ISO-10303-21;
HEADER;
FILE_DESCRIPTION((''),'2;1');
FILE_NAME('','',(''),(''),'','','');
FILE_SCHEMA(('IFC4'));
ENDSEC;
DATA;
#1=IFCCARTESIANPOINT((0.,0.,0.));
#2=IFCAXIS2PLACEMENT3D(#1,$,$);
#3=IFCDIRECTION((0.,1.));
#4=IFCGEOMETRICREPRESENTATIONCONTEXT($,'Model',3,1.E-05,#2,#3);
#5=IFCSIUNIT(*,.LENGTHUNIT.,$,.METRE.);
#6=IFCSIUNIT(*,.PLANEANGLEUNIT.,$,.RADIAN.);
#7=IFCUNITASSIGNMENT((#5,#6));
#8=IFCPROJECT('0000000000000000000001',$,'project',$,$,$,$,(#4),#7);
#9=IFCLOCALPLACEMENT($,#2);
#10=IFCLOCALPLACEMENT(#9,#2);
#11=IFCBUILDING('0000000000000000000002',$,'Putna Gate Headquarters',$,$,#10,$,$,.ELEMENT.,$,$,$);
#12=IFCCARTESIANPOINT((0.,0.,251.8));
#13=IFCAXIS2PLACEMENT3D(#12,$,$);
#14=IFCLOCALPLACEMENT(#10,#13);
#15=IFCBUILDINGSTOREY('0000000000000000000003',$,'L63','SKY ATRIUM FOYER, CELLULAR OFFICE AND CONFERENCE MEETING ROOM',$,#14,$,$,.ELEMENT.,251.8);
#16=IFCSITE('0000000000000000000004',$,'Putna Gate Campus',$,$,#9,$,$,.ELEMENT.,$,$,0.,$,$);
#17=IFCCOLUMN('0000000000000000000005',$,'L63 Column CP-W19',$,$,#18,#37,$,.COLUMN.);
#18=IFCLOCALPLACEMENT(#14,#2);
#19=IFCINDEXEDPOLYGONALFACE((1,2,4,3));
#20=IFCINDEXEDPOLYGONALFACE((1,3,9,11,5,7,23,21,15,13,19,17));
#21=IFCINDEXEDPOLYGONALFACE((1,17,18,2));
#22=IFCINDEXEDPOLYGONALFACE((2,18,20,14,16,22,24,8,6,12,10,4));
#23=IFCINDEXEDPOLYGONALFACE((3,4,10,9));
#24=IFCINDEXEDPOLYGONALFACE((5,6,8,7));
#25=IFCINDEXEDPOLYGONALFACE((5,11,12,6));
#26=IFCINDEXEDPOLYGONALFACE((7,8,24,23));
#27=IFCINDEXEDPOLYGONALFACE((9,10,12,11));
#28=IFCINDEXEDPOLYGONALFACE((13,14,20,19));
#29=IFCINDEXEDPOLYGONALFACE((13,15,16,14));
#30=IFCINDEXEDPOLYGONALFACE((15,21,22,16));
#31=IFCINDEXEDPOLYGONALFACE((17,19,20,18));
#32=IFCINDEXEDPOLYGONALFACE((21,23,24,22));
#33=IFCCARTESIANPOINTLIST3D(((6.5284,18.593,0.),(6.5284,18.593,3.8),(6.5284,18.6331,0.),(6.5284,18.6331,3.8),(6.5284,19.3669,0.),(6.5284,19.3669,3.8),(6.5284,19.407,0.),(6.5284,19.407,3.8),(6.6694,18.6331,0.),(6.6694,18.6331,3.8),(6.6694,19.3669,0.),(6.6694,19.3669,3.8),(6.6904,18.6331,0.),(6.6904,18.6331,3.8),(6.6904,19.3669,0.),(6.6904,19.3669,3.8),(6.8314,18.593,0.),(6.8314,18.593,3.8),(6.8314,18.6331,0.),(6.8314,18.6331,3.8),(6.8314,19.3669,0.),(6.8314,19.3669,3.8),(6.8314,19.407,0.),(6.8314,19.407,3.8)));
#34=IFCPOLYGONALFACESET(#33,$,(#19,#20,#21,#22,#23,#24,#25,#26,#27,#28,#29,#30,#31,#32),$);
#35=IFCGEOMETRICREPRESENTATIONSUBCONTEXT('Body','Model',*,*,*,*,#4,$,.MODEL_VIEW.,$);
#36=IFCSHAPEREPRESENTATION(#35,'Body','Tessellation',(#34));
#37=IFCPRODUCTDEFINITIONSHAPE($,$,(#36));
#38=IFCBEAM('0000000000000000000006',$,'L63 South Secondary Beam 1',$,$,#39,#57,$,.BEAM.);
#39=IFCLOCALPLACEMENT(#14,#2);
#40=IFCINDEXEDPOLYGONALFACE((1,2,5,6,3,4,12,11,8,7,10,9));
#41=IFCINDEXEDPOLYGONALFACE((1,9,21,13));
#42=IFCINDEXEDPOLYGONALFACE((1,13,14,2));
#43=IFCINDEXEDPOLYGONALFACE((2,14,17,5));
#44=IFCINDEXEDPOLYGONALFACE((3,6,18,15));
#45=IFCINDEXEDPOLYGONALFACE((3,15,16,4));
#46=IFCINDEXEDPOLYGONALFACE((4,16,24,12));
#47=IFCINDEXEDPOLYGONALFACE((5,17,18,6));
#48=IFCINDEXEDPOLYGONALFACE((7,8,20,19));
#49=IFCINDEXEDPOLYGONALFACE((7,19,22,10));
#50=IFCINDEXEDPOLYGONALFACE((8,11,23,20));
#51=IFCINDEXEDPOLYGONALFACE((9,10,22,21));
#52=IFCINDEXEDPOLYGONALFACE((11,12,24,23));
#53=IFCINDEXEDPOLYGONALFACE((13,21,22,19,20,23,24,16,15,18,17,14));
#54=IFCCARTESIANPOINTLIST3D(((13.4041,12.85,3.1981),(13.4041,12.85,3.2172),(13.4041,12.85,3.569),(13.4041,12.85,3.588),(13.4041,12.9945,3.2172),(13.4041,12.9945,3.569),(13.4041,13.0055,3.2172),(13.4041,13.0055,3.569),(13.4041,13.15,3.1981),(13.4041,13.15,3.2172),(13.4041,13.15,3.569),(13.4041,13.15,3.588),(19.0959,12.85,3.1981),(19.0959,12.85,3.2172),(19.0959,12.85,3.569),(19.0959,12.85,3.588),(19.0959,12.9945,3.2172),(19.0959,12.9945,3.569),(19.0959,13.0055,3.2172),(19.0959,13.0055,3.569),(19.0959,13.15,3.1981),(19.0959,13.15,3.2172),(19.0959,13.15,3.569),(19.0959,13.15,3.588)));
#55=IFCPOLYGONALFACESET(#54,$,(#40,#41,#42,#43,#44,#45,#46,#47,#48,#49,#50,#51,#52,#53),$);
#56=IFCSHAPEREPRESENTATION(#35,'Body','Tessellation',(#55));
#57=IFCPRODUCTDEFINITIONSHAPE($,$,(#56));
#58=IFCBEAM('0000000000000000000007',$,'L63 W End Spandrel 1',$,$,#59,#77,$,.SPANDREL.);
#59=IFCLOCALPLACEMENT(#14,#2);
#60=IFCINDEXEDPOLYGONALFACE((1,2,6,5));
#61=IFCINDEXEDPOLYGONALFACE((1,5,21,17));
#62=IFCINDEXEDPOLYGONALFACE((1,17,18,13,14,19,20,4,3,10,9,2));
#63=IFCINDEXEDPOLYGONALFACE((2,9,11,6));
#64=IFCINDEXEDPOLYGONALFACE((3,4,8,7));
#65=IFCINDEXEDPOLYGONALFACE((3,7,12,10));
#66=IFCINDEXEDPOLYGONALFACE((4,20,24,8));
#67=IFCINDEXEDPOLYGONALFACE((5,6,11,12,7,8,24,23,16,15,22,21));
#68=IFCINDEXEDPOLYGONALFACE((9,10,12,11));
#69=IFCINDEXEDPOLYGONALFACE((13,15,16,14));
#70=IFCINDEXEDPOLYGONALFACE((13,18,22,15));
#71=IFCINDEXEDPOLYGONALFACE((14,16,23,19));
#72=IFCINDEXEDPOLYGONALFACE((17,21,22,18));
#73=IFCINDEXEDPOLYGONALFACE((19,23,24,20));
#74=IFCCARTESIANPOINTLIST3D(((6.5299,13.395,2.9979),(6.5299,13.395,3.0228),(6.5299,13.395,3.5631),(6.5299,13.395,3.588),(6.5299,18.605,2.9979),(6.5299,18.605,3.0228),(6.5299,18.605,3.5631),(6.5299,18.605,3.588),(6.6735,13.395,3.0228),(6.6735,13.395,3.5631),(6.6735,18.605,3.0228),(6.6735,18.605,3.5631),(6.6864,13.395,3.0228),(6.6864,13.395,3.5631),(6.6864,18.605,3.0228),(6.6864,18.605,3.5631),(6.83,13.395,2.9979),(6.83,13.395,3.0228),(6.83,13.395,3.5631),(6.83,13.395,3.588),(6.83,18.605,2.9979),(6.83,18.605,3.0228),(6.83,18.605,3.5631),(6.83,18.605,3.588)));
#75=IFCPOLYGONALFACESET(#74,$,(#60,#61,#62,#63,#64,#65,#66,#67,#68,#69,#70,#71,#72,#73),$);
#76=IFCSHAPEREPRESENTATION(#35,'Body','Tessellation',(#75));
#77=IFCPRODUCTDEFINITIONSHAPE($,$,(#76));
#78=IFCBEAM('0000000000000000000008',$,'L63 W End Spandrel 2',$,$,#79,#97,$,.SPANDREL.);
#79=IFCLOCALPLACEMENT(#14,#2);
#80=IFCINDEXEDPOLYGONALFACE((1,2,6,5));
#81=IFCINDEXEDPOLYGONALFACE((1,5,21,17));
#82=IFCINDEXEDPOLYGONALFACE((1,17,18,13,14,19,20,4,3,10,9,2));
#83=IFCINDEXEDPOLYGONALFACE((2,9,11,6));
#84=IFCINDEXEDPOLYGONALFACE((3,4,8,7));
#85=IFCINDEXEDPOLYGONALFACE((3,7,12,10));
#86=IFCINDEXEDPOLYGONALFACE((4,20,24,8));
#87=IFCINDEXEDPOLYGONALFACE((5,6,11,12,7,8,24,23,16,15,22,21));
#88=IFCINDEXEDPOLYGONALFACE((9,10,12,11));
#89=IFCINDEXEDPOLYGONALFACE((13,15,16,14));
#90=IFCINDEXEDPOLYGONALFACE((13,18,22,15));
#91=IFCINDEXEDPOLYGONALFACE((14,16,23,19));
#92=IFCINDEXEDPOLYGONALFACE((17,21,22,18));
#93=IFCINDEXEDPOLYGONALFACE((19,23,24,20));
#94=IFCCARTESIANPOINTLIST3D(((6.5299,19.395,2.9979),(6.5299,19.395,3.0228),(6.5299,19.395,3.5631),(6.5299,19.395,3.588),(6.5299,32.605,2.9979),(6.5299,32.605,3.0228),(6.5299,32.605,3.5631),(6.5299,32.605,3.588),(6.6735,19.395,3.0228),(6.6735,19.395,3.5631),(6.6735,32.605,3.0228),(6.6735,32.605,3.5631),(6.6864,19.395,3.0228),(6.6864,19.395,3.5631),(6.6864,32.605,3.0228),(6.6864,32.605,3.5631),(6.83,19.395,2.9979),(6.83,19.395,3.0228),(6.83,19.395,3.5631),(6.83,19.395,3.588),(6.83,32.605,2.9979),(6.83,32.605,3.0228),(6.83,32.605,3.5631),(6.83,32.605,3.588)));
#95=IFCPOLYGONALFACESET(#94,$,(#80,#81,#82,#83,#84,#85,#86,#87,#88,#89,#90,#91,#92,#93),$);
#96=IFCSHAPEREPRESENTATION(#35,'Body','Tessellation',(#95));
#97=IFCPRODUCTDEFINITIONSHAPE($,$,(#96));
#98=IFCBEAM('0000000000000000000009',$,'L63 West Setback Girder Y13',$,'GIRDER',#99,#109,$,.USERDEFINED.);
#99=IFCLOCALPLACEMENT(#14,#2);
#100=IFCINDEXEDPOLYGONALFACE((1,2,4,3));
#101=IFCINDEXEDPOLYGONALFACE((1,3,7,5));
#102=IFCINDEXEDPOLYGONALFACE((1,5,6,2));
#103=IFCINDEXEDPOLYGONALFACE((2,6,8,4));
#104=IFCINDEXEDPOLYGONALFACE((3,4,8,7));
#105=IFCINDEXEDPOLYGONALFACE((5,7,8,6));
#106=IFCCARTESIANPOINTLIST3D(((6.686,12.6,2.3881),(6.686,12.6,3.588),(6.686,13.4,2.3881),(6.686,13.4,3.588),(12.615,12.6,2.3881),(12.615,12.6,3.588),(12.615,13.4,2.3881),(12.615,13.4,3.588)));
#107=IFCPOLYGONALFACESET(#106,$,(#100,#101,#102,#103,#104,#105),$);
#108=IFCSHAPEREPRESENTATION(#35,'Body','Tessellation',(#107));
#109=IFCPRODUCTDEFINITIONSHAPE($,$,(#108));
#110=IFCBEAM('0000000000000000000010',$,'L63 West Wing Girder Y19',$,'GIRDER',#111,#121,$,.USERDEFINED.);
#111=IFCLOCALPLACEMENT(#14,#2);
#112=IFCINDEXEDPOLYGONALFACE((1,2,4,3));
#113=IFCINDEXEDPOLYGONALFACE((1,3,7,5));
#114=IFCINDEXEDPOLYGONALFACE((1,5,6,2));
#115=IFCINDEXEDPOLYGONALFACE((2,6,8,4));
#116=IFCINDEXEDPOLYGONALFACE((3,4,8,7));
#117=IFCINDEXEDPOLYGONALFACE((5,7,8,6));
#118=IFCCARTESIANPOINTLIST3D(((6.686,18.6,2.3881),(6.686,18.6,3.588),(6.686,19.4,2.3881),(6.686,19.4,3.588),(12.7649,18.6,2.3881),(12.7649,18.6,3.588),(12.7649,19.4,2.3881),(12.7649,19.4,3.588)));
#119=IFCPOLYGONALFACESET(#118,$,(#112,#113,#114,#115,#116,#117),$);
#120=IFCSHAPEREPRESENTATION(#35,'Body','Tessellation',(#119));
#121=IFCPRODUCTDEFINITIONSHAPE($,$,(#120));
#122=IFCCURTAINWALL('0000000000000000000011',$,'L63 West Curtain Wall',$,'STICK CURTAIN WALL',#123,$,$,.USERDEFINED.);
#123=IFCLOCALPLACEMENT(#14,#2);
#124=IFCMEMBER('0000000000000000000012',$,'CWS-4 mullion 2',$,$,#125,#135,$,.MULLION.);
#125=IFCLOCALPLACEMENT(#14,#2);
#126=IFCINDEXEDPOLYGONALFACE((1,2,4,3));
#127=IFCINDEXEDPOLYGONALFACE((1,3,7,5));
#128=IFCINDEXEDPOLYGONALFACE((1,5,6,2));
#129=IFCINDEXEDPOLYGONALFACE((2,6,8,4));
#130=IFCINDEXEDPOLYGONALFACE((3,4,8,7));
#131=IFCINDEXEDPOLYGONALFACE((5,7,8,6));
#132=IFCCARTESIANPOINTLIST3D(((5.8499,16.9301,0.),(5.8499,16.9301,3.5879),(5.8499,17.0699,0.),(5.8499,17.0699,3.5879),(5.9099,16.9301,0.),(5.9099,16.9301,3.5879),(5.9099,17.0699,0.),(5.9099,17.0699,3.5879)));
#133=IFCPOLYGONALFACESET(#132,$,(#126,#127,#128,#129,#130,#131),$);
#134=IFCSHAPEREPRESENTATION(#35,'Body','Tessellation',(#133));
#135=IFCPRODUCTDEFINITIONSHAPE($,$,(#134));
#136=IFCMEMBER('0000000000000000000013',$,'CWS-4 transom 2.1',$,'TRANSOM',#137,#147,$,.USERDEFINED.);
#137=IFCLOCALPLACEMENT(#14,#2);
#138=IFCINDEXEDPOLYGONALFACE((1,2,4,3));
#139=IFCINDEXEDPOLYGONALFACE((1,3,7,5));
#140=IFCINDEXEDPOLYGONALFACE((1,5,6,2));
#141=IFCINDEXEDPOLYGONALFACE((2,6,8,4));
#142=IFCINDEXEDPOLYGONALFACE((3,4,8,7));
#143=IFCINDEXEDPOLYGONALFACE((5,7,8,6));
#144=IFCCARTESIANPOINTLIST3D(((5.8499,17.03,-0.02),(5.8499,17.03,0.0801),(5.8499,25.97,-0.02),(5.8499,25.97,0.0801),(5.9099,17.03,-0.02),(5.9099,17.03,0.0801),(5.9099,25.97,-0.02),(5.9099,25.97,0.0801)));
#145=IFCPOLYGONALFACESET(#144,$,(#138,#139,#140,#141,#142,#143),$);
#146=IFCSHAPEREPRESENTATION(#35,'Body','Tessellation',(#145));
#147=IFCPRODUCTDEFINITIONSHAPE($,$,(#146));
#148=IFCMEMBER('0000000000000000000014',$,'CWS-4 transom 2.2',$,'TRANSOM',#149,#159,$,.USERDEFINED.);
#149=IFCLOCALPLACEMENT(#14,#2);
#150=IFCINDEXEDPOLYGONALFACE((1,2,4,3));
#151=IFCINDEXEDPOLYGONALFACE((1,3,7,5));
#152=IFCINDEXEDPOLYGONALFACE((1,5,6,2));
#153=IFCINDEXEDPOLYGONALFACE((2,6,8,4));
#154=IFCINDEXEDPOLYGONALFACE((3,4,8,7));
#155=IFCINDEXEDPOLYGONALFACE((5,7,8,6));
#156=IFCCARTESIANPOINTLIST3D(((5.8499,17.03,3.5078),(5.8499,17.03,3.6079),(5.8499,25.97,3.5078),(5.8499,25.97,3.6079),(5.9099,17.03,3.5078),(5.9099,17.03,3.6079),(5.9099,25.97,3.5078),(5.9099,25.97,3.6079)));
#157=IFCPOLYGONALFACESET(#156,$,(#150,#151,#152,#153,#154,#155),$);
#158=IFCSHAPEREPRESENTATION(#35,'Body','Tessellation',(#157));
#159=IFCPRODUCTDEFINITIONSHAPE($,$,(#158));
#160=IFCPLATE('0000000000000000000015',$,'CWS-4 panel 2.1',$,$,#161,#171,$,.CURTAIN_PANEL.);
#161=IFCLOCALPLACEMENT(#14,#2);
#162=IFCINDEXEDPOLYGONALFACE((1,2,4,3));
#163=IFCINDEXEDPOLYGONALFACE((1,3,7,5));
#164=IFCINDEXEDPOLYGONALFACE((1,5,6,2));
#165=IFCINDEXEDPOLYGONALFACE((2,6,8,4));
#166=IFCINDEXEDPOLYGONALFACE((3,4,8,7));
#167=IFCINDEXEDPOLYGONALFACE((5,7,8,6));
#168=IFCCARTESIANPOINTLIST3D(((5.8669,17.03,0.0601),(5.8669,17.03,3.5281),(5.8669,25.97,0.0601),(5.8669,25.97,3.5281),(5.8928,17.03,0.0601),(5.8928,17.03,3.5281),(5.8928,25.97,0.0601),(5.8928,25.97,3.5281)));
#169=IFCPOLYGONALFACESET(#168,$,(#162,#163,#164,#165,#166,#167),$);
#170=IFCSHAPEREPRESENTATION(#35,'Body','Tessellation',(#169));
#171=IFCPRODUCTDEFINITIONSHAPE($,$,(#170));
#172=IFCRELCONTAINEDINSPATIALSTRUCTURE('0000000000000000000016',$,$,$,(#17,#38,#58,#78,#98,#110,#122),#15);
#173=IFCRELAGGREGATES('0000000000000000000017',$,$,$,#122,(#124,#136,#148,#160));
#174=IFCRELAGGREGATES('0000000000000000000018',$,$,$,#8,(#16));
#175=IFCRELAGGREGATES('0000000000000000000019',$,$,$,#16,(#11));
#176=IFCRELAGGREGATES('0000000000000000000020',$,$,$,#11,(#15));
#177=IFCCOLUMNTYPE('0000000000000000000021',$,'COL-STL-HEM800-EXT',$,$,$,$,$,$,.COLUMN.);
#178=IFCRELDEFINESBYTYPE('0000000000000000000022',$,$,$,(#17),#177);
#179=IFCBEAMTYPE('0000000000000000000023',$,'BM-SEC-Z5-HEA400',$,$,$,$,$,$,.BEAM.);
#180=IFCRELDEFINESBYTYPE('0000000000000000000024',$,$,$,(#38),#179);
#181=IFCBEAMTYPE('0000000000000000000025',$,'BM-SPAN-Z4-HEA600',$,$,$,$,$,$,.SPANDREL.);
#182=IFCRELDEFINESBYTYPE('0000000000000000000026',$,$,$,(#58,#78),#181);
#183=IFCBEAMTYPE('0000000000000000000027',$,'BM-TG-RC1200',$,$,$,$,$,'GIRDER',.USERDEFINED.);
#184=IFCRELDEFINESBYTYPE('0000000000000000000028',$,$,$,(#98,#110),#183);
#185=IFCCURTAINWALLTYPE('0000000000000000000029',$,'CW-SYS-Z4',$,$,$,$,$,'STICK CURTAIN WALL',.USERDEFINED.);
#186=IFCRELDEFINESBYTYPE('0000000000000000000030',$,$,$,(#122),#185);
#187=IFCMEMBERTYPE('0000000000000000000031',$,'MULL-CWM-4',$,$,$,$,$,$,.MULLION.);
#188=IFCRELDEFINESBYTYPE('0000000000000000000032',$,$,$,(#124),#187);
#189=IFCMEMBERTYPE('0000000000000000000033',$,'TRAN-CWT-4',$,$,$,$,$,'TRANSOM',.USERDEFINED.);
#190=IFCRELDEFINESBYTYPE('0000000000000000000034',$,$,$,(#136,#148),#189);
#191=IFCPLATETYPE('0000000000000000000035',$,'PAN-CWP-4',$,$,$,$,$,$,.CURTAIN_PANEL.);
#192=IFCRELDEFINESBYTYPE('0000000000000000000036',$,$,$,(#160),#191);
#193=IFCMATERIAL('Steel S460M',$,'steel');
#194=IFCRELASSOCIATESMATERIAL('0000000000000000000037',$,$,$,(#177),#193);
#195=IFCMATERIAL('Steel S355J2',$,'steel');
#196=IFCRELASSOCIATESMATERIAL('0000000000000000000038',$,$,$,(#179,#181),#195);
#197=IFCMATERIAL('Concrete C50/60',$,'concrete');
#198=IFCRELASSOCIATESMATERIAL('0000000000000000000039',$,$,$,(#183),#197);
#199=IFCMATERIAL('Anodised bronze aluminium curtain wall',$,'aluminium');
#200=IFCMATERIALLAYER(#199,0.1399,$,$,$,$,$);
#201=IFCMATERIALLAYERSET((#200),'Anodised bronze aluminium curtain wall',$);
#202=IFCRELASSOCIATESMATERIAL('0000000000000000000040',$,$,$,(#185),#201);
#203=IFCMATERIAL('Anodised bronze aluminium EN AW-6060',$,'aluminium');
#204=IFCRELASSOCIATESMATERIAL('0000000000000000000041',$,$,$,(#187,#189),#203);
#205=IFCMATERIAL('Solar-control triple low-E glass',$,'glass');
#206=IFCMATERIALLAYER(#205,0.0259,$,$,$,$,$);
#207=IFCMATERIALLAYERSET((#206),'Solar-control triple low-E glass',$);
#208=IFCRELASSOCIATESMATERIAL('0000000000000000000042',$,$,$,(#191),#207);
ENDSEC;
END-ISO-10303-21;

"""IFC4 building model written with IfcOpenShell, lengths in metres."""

from ifc_helpers import new_model, si_unit, direction, frame, origin, origin_2d, place, context, subcontext, project, spatial, rectangle, i_section, extrude, material, layer, layer_set, material_profile, profile_set, type_object, element, aggregate, save


model = new_model("IFC4")

# Units and contexts
model_context = context("Model", 3, precision=1e-05, world=origin(), true_north=direction((0.0, 1.0)))
body_context = subcontext(model_context, "Body", "Model", "MODEL_VIEW")
ifc_project = project(units=[si_unit("LENGTHUNIT", "METRE"), si_unit("PLANEANGLEUNIT", "RADIAN")], contexts=[model_context])

# Site, building, storey
site_placement = place(None, origin())
site = spatial("IfcSite", under=ifc_project, at=site_placement, Name="Putna Gate Campus", CompositionType="ELEMENT", RefElevation=0.0)
building_placement = place(site_placement, origin())
building = spatial("IfcBuilding", under=site, at=building_placement, Name="Putna Gate Headquarters", CompositionType="ELEMENT")
storey_placement = place(building_placement, frame((0.0, 0.0, 251.8)))
storey = spatial("IfcBuildingStorey", under=building, at=storey_placement, Name="L63", Description="SKY ATRIUM FOYER, CELLULAR OFFICE AND CONFERENCE MEETING ROOM", CompositionType="ELEMENT", Elevation=251.8)

# Column
ifc_material_1 = material(Name="Steel S460M", Category="steel")
ifc_material_profile_1 = material_profile(ifc_material_1, i_section(OverallWidth=0.303, OverallDepth=0.814, WebThickness=0.021, FlangeThickness=0.04, at=origin_2d()), Name="Steel S460M")
ifc_profile_set_1 = profile_set([ifc_material_profile_1], Name="Steel S460M")
column_type = type_object("IfcColumnType", Name="COL-STL-HEM800-EXT", PredefinedType="COLUMN", material=ifc_profile_set_1)
column_placement = place(storey_placement, frame((6.6799, 19.0, 0.0), z_axis=(0.0, 0.0, 1.0), x_axis=(1.0, 0.0, 0.0)))
element("IfcColumn", 1, at=column_placement, inside=storey, type_object=column_type, Name="L63 Column CP-W19", PredefinedType="COLUMN", context=body_context, shape_type="SweptSolid", body=[
    extrude(i_section(OverallWidth=0.303, OverallDepth=0.814, WebThickness=0.021, FlangeThickness=0.04, at=origin_2d()), origin(), (0.0, 0.0, 1.0), 3.8),
])

# Beams
ifc_material_2 = material(Name="Steel S355J2", Category="steel")
ifc_material_profile_2 = material_profile(ifc_material_2, i_section(OverallWidth=0.3, OverallDepth=0.3899, WebThickness=0.011, FlangeThickness=0.019, at=origin_2d()), Name="Steel S355J2")
ifc_profile_set_2 = profile_set([ifc_material_profile_2], Name="Steel S355J2")
beam_type_1 = type_object("IfcBeamType", Name="BM-SEC-Z5-HEA400", PredefinedType="BEAM", material=ifc_profile_set_2)
beam_1_placement = place(storey_placement, frame((13.4041, 13.0, 3.3931), z_axis=(1.0, 0.0, 0.0), x_axis=(0.0, 1.0, 0.0)))
element("IfcBeam", 2, at=beam_1_placement, inside=storey, type_object=beam_type_1, Name="L63 South Secondary Beam 1", PredefinedType="BEAM", context=body_context, shape_type="SweptSolid", body=[
    extrude(i_section(OverallWidth=0.3, OverallDepth=0.3899, WebThickness=0.011, FlangeThickness=0.019, at=origin_2d()), origin(), (0.0, 0.0, 1.0), 5.6919),
])
ifc_material_profile_3 = material_profile(ifc_material_2, i_section(OverallWidth=0.3, OverallDepth=0.5901, WebThickness=0.0129, FlangeThickness=0.0249, at=origin_2d()), Name="Steel S355J2")
ifc_profile_set_3 = profile_set([ifc_material_profile_3], Name="Steel S355J2")
beam_type_2 = type_object("IfcBeamType", Name="BM-SPAN-Z4-HEA600", PredefinedType="SPANDREL", material=ifc_profile_set_3)
beam_2_placement = place(storey_placement, frame((6.6799, 13.395, 3.293), z_axis=(0.0, 1.0, 0.0), x_axis=(-1.0, 0.0, 0.0)))
element("IfcBeam", 3, at=beam_2_placement, inside=storey, type_object=beam_type_2, Name="L63 W End Spandrel 1", PredefinedType="SPANDREL", context=body_context, shape_type="SweptSolid", body=[
    extrude(i_section(OverallWidth=0.3, OverallDepth=0.5901, WebThickness=0.0129, FlangeThickness=0.0249, at=origin_2d()), origin(), (0.0, 0.0, 1.0), 5.21),
])
beam_3_placement = place(storey_placement, frame((6.6799, 19.395, 3.293), z_axis=(0.0, 1.0, 0.0), x_axis=(-1.0, 0.0, 0.0)))
element("IfcBeam", 4, at=beam_3_placement, inside=storey, type_object=beam_type_2, Name="L63 W End Spandrel 2", PredefinedType="SPANDREL", context=body_context, shape_type="SweptSolid", body=[
    extrude(i_section(OverallWidth=0.3, OverallDepth=0.5901, WebThickness=0.0129, FlangeThickness=0.0249, at=origin_2d()), origin(), (0.0, 0.0, 1.0), 13.21),
])
ifc_material_3 = material(Name="Concrete C50/60", Category="concrete")
ifc_material_profile_4 = material_profile(ifc_material_3, rectangle(XDim=0.8, YDim=1.2, at=origin_2d()), Name="Concrete C50/60")
ifc_profile_set_4 = profile_set([ifc_material_profile_4], Name="Concrete C50/60")
beam_type_3 = type_object("IfcBeamType", Name="BM-TG-RC1200", ElementType="GIRDER", PredefinedType="USERDEFINED", material=ifc_profile_set_4)
beam_4_placement = place(storey_placement, frame((6.686, 13.0, 2.988), z_axis=(1.0, 0.0, 0.0), x_axis=(0.0, 1.0, 0.0)))
element("IfcBeam", 5, at=beam_4_placement, inside=storey, type_object=beam_type_3, Name="L63 West Setback Girder Y13", ObjectType="GIRDER", PredefinedType="USERDEFINED", context=body_context, shape_type="SweptSolid", body=[
    extrude(rectangle(XDim=0.8, YDim=1.2, at=origin_2d()), origin(), (0.0, 0.0, 1.0), 5.929),
])
beam_5_placement = place(storey_placement, frame((6.686, 19.0, 2.988), z_axis=(1.0, 0.0, 0.0), x_axis=(0.0, 1.0, 0.0)))
element("IfcBeam", 6, at=beam_5_placement, inside=storey, type_object=beam_type_3, Name="L63 West Wing Girder Y19", ObjectType="GIRDER", PredefinedType="USERDEFINED", context=body_context, shape_type="SweptSolid", body=[
    extrude(rectangle(XDim=0.8, YDim=1.2, at=origin_2d()), origin(), (0.0, 0.0, 1.0), 6.0789),
])

# Curtain wall, members, plate
ifc_material_4 = material(Name="Anodised bronze aluminium curtain wall", Category="aluminium")
ifc_layer_1 = layer(ifc_material_4, 0.1399)
ifc_layer_set_1 = layer_set([ifc_layer_1], Name="Anodised bronze aluminium curtain wall")
curtain_wall_type = type_object("IfcCurtainWallType", Name="CW-SYS-Z4", ElementType="STICK CURTAIN WALL", PredefinedType="USERDEFINED", material=ifc_layer_set_1)
curtain_wall_placement = place(storey_placement, origin())
curtain_wall = element("IfcCurtainWall", 7, at=curtain_wall_placement, inside=storey, type_object=curtain_wall_type, Name="L63 West Curtain Wall", ObjectType="STICK CURTAIN WALL", PredefinedType="USERDEFINED")
ifc_material_5 = material(Name="Anodised bronze aluminium EN AW-6060", Category="aluminium")
ifc_material_profile_5 = material_profile(ifc_material_5, rectangle(XDim=0.0601, YDim=0.1399, at=origin_2d()), Name="Anodised bronze aluminium EN AW-6060")
ifc_profile_set_5 = profile_set([ifc_material_profile_5], Name="Anodised bronze aluminium EN AW-6060")
member_type_1 = type_object("IfcMemberType", Name="MULL-CWM-4", PredefinedType="MULLION", material=ifc_profile_set_5)
member_1_placement = place(storey_placement, frame((5.8799, 17.0, 0.0), z_axis=(0.0, 0.0, 1.0), x_axis=(-1.0, 0.0, 0.0)))
member_1 = element("IfcMember", 8, at=member_1_placement, type_object=member_type_1, Name="CWS-4 mullion 2", PredefinedType="MULLION", context=body_context, shape_type="SweptSolid", body=[
    extrude(rectangle(XDim=0.0601, YDim=0.1399, at=origin_2d()), origin(), (0.0, 0.0, 1.0), 3.5879),
])
ifc_material_profile_6 = material_profile(ifc_material_5, rectangle(XDim=0.0601, YDim=0.1001, at=origin_2d()), Name="Anodised bronze aluminium EN AW-6060")
ifc_profile_set_6 = profile_set([ifc_material_profile_6], Name="Anodised bronze aluminium EN AW-6060")
member_type_2 = type_object("IfcMemberType", Name="TRAN-CWT-4", ElementType="TRANSOM", PredefinedType="USERDEFINED", material=ifc_profile_set_6)
member_2_placement = place(storey_placement, frame((5.8799, 17.03, 0.03), z_axis=(0.0, 1.0, 0.0), x_axis=(-1.0, 0.0, 0.0)))
member_2 = element("IfcMember", 9, at=member_2_placement, type_object=member_type_2, Name="CWS-4 transom 2.1", ObjectType="TRANSOM", PredefinedType="USERDEFINED", context=body_context, shape_type="SweptSolid", body=[
    extrude(rectangle(XDim=0.0601, YDim=0.1001, at=origin_2d()), origin(), (0.0, 0.0, 1.0), 8.9399),
])
member_3_placement = place(storey_placement, frame((5.8799, 17.03, 3.5579), z_axis=(0.0, 1.0, 0.0), x_axis=(-1.0, 0.0, 0.0)))
member_3 = element("IfcMember", 10, at=member_3_placement, type_object=member_type_2, Name="CWS-4 transom 2.2", ObjectType="TRANSOM", PredefinedType="USERDEFINED", context=body_context, shape_type="SweptSolid", body=[
    extrude(rectangle(XDim=0.0601, YDim=0.1001, at=origin_2d()), origin(), (0.0, 0.0, 1.0), 8.9399),
])
ifc_material_6 = material(Name="Solar-control triple low-E glass", Category="glass")
ifc_layer_2 = layer(ifc_material_6, 0.0259)
ifc_layer_set_2 = layer_set([ifc_layer_2], Name="Solar-control triple low-E glass")
plate_type = type_object("IfcPlateType", Name="PAN-CWP-4", PredefinedType="CURTAIN_PANEL", material=ifc_layer_set_2)
plate_placement = place(storey_placement, frame((5.8799, 21.5, 0.0601), z_axis=(0.0, 0.0, 1.0), x_axis=(0.0, 1.0, 0.0)))
plate = element("IfcPlate", 11, at=plate_placement, type_object=plate_type, Name="CWS-4 panel 2.1", PredefinedType="CURTAIN_PANEL", context=body_context, shape_type="SweptSolid", body=[
    extrude(rectangle(XDim=8.9399, YDim=0.0259, at=origin_2d()), origin(), (0.0, 0.0, 1.0), 3.468),
])
aggregate(curtain_wall, [member_1, member_2, member_3, plate])

save(model, "model.ifc")
